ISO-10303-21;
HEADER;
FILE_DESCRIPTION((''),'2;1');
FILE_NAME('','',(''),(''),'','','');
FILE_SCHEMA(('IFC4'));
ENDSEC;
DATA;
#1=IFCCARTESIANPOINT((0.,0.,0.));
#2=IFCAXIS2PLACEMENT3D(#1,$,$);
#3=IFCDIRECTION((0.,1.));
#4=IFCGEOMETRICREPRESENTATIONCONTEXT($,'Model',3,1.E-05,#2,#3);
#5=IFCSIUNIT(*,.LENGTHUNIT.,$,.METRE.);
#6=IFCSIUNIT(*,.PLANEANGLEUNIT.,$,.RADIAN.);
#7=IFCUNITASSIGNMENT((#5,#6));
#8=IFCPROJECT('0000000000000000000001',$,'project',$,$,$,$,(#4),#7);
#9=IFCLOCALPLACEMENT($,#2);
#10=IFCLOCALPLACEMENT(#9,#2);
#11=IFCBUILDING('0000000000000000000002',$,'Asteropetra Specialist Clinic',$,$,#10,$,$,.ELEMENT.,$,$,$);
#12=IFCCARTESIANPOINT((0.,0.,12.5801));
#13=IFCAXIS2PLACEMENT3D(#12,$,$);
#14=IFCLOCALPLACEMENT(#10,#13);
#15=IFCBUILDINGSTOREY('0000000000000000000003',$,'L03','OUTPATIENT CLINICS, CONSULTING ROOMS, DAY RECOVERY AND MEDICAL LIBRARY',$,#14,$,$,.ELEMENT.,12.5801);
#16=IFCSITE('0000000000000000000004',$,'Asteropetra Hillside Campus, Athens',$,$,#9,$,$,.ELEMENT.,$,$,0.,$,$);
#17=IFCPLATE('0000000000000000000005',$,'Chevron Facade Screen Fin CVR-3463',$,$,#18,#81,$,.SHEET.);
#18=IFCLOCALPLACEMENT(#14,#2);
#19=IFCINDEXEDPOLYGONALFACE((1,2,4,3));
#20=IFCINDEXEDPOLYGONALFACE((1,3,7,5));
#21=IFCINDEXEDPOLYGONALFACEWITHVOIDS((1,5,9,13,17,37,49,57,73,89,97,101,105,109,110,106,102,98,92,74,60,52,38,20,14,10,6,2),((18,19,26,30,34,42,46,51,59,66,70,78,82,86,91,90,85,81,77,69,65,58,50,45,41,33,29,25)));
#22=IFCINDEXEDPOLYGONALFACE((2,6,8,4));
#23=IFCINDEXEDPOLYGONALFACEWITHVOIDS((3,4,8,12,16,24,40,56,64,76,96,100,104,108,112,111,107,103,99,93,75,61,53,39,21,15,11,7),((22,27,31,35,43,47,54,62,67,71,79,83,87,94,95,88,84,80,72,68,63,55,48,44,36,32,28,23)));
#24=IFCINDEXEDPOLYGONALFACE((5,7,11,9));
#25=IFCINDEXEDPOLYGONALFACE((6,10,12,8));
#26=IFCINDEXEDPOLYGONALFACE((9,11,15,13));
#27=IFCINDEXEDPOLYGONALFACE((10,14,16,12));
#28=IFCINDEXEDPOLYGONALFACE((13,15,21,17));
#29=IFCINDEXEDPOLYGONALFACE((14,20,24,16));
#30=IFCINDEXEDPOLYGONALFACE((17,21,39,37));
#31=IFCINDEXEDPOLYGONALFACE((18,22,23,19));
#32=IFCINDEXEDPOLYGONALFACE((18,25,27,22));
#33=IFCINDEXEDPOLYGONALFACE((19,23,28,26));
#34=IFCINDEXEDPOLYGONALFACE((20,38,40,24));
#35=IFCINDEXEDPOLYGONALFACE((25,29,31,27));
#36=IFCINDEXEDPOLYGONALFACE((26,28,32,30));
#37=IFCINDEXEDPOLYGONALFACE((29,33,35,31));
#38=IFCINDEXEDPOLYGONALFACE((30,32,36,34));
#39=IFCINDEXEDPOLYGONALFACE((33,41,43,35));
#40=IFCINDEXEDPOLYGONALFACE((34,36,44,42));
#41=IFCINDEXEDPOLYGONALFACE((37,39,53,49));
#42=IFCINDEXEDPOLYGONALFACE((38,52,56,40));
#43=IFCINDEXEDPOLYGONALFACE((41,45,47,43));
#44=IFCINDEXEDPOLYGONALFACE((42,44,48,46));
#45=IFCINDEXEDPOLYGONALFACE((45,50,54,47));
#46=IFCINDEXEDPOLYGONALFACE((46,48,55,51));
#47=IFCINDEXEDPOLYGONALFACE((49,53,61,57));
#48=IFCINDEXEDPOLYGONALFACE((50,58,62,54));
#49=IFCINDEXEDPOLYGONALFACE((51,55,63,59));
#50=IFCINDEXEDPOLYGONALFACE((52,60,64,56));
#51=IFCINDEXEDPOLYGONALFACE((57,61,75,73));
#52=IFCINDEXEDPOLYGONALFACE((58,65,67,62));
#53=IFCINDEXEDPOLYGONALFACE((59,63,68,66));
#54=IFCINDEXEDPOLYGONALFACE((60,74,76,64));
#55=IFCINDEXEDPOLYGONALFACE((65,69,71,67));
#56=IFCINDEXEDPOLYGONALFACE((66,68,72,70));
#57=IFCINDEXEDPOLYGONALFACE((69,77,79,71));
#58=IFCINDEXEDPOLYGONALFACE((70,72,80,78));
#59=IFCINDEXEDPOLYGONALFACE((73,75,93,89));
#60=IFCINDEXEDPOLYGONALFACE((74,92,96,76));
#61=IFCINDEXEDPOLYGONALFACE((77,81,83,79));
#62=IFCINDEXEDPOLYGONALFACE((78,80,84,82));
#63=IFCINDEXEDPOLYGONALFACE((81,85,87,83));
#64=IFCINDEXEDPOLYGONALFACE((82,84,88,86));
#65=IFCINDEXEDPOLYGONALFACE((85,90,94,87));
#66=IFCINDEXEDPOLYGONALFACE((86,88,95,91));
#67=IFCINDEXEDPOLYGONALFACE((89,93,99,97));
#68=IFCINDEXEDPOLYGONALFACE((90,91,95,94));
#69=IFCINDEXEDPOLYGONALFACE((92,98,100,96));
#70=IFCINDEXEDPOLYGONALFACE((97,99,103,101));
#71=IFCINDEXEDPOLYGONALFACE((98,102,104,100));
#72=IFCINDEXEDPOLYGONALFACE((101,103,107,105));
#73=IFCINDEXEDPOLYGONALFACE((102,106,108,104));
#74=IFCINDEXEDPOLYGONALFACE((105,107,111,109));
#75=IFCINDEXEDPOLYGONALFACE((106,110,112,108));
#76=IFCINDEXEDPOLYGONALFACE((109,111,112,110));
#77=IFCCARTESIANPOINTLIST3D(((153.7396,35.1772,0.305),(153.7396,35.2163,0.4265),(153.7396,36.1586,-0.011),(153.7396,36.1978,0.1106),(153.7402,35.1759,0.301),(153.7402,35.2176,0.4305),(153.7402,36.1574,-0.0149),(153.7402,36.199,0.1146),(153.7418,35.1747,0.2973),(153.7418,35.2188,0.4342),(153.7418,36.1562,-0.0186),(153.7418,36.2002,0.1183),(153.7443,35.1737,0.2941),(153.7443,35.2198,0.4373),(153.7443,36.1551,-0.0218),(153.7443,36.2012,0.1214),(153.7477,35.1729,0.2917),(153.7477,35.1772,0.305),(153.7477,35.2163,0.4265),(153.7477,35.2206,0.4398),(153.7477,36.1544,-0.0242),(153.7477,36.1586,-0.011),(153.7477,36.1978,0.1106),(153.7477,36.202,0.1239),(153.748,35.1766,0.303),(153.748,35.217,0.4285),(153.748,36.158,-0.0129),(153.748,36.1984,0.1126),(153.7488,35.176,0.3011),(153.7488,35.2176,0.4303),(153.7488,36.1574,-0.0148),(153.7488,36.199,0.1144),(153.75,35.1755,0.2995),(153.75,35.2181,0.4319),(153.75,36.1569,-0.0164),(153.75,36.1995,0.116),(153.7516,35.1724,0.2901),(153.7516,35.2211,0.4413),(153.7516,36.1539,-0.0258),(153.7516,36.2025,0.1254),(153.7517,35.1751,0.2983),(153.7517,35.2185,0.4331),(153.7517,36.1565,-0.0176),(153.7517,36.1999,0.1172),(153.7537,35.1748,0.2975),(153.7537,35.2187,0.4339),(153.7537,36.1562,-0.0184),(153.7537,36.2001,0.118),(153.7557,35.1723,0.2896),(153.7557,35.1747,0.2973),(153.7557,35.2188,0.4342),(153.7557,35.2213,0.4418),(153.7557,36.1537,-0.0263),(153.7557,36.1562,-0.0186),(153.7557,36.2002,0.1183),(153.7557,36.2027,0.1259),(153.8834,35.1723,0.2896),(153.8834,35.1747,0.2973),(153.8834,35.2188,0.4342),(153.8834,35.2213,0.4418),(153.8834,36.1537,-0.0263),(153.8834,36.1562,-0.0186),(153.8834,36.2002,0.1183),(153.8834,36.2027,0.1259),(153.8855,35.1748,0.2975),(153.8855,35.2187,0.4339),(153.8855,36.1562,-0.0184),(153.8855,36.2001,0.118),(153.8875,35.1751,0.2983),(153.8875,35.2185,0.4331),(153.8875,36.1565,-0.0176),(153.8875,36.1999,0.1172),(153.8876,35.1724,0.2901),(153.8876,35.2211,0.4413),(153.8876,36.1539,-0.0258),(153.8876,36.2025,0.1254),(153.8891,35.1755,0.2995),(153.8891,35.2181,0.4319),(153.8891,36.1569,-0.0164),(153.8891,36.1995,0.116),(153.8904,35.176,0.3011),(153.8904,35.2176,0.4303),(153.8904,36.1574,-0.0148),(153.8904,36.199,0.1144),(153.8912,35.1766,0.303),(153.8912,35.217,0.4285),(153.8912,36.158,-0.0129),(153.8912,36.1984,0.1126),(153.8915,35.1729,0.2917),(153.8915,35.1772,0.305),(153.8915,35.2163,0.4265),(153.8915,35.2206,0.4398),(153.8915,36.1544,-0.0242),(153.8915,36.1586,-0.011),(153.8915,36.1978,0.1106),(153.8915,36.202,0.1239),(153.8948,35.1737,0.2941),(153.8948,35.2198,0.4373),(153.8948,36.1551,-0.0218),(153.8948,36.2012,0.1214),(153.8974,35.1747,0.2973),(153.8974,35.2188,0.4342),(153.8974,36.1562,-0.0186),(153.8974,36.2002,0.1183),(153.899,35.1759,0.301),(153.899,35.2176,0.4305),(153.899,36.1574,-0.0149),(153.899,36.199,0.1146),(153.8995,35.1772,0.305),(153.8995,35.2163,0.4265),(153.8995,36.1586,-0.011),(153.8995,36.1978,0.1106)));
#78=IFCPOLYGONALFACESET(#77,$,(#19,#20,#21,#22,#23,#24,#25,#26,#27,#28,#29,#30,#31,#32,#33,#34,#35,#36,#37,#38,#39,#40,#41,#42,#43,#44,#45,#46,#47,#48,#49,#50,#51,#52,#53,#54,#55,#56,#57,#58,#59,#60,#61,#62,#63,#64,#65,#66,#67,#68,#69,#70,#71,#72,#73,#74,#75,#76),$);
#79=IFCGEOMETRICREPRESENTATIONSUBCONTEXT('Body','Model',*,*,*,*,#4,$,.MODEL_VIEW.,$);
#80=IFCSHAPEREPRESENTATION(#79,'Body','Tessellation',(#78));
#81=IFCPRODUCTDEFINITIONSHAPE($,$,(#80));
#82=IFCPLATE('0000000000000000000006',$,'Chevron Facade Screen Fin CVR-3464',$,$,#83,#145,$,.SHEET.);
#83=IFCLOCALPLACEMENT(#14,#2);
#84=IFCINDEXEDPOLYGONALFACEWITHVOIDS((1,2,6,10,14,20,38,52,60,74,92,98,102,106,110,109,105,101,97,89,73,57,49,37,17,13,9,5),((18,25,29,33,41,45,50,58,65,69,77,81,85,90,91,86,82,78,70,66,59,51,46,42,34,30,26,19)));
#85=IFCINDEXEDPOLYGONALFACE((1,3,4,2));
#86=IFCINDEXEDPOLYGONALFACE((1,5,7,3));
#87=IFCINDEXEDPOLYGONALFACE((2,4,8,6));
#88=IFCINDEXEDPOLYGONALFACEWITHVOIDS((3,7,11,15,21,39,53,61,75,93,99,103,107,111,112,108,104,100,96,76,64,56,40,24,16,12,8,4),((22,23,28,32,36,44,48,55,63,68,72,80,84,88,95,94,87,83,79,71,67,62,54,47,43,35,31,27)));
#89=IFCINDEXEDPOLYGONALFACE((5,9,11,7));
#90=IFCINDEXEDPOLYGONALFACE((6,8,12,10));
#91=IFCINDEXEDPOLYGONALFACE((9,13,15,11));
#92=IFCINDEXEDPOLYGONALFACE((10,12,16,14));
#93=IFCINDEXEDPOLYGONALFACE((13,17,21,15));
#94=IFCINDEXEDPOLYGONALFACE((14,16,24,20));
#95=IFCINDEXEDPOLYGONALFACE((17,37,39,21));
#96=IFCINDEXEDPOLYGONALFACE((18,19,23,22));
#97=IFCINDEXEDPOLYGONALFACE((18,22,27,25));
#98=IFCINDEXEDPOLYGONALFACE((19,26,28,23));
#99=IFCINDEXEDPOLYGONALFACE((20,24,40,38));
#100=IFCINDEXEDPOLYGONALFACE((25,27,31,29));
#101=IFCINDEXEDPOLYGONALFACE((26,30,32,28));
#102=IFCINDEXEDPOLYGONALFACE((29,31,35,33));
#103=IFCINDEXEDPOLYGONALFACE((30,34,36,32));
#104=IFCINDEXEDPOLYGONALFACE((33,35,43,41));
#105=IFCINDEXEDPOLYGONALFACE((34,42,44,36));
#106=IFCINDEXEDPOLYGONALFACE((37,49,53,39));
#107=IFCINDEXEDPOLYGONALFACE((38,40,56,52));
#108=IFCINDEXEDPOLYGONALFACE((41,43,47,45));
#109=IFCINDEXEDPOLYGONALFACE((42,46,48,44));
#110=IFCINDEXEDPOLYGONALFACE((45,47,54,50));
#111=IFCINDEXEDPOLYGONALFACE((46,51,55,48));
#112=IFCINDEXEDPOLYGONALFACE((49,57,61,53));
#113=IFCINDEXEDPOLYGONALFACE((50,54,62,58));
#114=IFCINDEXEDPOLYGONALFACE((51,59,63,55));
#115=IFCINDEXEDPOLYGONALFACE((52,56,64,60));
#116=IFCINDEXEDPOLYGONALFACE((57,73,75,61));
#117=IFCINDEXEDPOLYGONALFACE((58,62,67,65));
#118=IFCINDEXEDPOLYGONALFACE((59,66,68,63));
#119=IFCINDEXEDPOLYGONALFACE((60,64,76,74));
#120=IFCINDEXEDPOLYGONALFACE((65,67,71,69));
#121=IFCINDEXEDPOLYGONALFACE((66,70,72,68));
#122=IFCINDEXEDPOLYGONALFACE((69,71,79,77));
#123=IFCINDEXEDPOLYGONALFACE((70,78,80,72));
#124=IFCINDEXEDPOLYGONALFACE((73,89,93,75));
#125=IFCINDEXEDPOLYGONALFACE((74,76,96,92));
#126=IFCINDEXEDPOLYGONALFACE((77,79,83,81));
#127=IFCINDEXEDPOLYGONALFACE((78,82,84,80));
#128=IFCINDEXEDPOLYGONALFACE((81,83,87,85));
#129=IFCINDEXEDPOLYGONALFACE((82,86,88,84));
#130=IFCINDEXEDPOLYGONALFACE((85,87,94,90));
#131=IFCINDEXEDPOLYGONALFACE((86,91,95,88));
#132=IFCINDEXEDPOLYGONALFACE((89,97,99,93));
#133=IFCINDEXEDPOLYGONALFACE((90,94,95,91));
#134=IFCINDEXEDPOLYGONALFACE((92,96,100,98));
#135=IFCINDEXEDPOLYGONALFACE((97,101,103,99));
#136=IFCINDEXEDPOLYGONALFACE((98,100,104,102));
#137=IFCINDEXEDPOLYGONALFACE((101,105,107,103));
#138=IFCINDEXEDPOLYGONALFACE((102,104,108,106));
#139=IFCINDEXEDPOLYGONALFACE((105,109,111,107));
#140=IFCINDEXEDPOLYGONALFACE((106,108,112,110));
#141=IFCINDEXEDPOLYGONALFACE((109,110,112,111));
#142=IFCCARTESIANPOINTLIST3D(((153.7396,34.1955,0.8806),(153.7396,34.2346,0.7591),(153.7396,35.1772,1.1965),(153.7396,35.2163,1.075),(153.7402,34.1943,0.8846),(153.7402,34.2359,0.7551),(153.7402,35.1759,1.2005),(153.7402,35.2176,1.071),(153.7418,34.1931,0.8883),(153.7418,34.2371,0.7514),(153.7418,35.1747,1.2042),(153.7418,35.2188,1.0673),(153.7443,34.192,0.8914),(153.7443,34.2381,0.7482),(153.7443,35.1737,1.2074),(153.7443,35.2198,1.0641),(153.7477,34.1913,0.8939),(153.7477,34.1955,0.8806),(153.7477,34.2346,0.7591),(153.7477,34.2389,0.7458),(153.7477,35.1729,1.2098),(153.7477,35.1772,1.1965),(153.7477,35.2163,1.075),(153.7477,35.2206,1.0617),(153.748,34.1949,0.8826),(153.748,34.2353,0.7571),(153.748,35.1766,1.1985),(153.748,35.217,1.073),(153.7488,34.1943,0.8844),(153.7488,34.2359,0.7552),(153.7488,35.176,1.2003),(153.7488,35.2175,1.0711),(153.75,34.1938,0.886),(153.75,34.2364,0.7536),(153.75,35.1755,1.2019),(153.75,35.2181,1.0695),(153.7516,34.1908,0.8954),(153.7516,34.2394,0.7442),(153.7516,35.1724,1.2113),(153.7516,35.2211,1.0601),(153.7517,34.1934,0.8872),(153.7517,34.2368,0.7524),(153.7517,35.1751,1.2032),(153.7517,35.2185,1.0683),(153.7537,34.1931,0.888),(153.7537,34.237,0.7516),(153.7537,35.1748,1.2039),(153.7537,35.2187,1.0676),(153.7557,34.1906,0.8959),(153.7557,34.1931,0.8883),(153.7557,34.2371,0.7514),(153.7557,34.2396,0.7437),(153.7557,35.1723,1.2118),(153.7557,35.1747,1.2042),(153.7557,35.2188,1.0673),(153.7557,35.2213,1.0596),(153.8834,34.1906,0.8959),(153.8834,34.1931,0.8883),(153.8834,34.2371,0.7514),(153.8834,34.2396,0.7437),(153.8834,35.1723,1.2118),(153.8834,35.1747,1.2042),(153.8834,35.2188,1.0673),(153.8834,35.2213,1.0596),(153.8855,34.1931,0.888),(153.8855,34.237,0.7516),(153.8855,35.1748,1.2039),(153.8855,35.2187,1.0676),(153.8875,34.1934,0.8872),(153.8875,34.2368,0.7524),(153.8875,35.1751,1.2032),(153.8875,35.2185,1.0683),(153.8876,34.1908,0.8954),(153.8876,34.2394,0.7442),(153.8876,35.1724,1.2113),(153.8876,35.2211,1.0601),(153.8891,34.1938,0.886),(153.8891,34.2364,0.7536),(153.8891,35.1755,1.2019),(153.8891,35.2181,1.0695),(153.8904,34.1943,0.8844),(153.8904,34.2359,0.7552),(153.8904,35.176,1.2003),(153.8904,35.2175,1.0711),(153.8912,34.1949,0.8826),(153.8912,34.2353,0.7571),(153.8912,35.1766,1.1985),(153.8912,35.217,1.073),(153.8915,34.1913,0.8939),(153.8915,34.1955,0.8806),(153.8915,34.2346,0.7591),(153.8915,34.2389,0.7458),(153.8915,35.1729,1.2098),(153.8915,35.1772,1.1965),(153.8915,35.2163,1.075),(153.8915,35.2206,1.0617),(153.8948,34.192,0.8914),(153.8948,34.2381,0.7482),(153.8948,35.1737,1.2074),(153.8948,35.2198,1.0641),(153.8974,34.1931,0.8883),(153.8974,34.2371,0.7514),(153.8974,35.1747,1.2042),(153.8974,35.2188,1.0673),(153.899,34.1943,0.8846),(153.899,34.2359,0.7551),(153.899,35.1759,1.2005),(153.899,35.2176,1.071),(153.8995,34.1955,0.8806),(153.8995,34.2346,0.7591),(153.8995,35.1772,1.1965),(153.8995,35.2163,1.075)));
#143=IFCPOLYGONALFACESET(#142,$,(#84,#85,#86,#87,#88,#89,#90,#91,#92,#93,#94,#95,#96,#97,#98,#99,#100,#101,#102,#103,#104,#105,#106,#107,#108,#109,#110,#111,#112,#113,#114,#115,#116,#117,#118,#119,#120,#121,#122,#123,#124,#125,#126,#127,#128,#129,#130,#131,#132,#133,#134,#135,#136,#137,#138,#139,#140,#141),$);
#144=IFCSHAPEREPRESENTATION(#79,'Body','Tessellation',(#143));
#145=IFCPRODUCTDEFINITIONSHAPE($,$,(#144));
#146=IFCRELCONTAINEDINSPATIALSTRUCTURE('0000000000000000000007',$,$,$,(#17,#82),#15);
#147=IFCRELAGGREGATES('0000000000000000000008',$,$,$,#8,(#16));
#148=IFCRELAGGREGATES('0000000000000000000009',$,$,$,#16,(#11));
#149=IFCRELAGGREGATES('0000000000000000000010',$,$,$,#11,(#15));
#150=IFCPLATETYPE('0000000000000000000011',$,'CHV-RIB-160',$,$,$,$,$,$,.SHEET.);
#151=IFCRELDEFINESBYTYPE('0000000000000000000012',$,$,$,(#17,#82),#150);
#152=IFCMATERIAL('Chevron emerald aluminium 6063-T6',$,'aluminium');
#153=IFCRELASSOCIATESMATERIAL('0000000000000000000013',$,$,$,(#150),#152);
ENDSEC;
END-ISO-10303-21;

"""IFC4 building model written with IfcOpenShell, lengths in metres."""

from ifc_helpers import new_model, si_unit, direction, frame, origin, origin_2d, place, context, subcontext, project, spatial, hollow_rectangle, extrude, material, material_profile, profile_set, type_object, element, save


model = new_model("IFC4")

# Units and contexts
model_context = context("Model", 3, precision=1e-05, world=origin(), true_north=direction((0.0, 1.0)))
body_context = subcontext(model_context, "Body", "Model", "MODEL_VIEW")
ifc_project = project(units=[si_unit("LENGTHUNIT", "METRE"), si_unit("PLANEANGLEUNIT", "RADIAN")], contexts=[model_context])

# Site, building, storey
site_placement = place(None, origin())
site = spatial("IfcSite", under=ifc_project, at=site_placement, Name="Asteropetra Hillside Campus, Athens", CompositionType="ELEMENT", RefElevation=0.0)
building_placement = place(site_placement, origin())
building = spatial("IfcBuilding", under=site, at=building_placement, Name="Asteropetra Specialist Clinic", CompositionType="ELEMENT")
storey_placement = place(building_placement, frame((0.0, 0.0, 12.5801)))
storey = spatial("IfcBuildingStorey", under=building, at=storey_placement, Name="L03", Description="OUTPATIENT CLINICS, CONSULTING ROOMS, DAY RECOVERY AND MEDICAL LIBRARY", CompositionType="ELEMENT", Elevation=12.5801)

# Plates
ifc_material_1 = material(Name="Chevron emerald aluminium 6063-T6", Category="aluminium")
ifc_material_profile_1 = material_profile(ifc_material_1, hollow_rectangle(XDim=0.1599, YDim=0.1599, WallThickness=0.0081, InnerFilletRadius=0.0081, OuterFilletRadius=0.0161, at=origin_2d()), Name="SHS 160x160x8.0")
ifc_profile_set_1 = profile_set([ifc_material_profile_1], Name="Chevron emerald aluminium 6063-T6")
plate_type_1 = type_object("IfcPlateType", Name="CHV-RIB-160", PredefinedType="SHEET", material=ifc_profile_set_1)
plate_1_placement = place(storey_placement, frame((153.8196, 35.1968, 0.3657), z_axis=(0.0, 0.9519, -0.306408), x_axis=(-1.0, 0.0, 0.0)))
element("IfcPlate", 1, at=plate_1_placement, inside=storey, type_object=plate_type_1, Name="Chevron Facade Screen Fin CVR-3463", PredefinedType="SHEET", context=body_context, shape_type="SweptSolid", body=[
    extrude(hollow_rectangle(XDim=0.1599, YDim=0.1599, WallThickness=0.0081, InnerFilletRadius=0.0081, OuterFilletRadius=0.0161, at=origin_2d()), origin(), (0.0, 0.0, 1.0), 1.031),
])
plate_2_placement = place(storey_placement, frame((153.8196, 34.2151, 0.8198), z_axis=(0.0, 0.951923, 0.306339), x_axis=(-1.0, 0.0, 0.0)))
element("IfcPlate", 2, at=plate_2_placement, inside=storey, type_object=plate_type_1, Name="Chevron Facade Screen Fin CVR-3464", PredefinedType="SHEET", context=body_context, shape_type="SweptSolid", body=[
    extrude(hollow_rectangle(XDim=0.1599, YDim=0.1599, WallThickness=0.0081, InnerFilletRadius=0.0081, OuterFilletRadius=0.0161, at=origin_2d()), origin(), (0.0, 0.0, 1.0), 1.0312),
])

save(model, "model.ifc")
